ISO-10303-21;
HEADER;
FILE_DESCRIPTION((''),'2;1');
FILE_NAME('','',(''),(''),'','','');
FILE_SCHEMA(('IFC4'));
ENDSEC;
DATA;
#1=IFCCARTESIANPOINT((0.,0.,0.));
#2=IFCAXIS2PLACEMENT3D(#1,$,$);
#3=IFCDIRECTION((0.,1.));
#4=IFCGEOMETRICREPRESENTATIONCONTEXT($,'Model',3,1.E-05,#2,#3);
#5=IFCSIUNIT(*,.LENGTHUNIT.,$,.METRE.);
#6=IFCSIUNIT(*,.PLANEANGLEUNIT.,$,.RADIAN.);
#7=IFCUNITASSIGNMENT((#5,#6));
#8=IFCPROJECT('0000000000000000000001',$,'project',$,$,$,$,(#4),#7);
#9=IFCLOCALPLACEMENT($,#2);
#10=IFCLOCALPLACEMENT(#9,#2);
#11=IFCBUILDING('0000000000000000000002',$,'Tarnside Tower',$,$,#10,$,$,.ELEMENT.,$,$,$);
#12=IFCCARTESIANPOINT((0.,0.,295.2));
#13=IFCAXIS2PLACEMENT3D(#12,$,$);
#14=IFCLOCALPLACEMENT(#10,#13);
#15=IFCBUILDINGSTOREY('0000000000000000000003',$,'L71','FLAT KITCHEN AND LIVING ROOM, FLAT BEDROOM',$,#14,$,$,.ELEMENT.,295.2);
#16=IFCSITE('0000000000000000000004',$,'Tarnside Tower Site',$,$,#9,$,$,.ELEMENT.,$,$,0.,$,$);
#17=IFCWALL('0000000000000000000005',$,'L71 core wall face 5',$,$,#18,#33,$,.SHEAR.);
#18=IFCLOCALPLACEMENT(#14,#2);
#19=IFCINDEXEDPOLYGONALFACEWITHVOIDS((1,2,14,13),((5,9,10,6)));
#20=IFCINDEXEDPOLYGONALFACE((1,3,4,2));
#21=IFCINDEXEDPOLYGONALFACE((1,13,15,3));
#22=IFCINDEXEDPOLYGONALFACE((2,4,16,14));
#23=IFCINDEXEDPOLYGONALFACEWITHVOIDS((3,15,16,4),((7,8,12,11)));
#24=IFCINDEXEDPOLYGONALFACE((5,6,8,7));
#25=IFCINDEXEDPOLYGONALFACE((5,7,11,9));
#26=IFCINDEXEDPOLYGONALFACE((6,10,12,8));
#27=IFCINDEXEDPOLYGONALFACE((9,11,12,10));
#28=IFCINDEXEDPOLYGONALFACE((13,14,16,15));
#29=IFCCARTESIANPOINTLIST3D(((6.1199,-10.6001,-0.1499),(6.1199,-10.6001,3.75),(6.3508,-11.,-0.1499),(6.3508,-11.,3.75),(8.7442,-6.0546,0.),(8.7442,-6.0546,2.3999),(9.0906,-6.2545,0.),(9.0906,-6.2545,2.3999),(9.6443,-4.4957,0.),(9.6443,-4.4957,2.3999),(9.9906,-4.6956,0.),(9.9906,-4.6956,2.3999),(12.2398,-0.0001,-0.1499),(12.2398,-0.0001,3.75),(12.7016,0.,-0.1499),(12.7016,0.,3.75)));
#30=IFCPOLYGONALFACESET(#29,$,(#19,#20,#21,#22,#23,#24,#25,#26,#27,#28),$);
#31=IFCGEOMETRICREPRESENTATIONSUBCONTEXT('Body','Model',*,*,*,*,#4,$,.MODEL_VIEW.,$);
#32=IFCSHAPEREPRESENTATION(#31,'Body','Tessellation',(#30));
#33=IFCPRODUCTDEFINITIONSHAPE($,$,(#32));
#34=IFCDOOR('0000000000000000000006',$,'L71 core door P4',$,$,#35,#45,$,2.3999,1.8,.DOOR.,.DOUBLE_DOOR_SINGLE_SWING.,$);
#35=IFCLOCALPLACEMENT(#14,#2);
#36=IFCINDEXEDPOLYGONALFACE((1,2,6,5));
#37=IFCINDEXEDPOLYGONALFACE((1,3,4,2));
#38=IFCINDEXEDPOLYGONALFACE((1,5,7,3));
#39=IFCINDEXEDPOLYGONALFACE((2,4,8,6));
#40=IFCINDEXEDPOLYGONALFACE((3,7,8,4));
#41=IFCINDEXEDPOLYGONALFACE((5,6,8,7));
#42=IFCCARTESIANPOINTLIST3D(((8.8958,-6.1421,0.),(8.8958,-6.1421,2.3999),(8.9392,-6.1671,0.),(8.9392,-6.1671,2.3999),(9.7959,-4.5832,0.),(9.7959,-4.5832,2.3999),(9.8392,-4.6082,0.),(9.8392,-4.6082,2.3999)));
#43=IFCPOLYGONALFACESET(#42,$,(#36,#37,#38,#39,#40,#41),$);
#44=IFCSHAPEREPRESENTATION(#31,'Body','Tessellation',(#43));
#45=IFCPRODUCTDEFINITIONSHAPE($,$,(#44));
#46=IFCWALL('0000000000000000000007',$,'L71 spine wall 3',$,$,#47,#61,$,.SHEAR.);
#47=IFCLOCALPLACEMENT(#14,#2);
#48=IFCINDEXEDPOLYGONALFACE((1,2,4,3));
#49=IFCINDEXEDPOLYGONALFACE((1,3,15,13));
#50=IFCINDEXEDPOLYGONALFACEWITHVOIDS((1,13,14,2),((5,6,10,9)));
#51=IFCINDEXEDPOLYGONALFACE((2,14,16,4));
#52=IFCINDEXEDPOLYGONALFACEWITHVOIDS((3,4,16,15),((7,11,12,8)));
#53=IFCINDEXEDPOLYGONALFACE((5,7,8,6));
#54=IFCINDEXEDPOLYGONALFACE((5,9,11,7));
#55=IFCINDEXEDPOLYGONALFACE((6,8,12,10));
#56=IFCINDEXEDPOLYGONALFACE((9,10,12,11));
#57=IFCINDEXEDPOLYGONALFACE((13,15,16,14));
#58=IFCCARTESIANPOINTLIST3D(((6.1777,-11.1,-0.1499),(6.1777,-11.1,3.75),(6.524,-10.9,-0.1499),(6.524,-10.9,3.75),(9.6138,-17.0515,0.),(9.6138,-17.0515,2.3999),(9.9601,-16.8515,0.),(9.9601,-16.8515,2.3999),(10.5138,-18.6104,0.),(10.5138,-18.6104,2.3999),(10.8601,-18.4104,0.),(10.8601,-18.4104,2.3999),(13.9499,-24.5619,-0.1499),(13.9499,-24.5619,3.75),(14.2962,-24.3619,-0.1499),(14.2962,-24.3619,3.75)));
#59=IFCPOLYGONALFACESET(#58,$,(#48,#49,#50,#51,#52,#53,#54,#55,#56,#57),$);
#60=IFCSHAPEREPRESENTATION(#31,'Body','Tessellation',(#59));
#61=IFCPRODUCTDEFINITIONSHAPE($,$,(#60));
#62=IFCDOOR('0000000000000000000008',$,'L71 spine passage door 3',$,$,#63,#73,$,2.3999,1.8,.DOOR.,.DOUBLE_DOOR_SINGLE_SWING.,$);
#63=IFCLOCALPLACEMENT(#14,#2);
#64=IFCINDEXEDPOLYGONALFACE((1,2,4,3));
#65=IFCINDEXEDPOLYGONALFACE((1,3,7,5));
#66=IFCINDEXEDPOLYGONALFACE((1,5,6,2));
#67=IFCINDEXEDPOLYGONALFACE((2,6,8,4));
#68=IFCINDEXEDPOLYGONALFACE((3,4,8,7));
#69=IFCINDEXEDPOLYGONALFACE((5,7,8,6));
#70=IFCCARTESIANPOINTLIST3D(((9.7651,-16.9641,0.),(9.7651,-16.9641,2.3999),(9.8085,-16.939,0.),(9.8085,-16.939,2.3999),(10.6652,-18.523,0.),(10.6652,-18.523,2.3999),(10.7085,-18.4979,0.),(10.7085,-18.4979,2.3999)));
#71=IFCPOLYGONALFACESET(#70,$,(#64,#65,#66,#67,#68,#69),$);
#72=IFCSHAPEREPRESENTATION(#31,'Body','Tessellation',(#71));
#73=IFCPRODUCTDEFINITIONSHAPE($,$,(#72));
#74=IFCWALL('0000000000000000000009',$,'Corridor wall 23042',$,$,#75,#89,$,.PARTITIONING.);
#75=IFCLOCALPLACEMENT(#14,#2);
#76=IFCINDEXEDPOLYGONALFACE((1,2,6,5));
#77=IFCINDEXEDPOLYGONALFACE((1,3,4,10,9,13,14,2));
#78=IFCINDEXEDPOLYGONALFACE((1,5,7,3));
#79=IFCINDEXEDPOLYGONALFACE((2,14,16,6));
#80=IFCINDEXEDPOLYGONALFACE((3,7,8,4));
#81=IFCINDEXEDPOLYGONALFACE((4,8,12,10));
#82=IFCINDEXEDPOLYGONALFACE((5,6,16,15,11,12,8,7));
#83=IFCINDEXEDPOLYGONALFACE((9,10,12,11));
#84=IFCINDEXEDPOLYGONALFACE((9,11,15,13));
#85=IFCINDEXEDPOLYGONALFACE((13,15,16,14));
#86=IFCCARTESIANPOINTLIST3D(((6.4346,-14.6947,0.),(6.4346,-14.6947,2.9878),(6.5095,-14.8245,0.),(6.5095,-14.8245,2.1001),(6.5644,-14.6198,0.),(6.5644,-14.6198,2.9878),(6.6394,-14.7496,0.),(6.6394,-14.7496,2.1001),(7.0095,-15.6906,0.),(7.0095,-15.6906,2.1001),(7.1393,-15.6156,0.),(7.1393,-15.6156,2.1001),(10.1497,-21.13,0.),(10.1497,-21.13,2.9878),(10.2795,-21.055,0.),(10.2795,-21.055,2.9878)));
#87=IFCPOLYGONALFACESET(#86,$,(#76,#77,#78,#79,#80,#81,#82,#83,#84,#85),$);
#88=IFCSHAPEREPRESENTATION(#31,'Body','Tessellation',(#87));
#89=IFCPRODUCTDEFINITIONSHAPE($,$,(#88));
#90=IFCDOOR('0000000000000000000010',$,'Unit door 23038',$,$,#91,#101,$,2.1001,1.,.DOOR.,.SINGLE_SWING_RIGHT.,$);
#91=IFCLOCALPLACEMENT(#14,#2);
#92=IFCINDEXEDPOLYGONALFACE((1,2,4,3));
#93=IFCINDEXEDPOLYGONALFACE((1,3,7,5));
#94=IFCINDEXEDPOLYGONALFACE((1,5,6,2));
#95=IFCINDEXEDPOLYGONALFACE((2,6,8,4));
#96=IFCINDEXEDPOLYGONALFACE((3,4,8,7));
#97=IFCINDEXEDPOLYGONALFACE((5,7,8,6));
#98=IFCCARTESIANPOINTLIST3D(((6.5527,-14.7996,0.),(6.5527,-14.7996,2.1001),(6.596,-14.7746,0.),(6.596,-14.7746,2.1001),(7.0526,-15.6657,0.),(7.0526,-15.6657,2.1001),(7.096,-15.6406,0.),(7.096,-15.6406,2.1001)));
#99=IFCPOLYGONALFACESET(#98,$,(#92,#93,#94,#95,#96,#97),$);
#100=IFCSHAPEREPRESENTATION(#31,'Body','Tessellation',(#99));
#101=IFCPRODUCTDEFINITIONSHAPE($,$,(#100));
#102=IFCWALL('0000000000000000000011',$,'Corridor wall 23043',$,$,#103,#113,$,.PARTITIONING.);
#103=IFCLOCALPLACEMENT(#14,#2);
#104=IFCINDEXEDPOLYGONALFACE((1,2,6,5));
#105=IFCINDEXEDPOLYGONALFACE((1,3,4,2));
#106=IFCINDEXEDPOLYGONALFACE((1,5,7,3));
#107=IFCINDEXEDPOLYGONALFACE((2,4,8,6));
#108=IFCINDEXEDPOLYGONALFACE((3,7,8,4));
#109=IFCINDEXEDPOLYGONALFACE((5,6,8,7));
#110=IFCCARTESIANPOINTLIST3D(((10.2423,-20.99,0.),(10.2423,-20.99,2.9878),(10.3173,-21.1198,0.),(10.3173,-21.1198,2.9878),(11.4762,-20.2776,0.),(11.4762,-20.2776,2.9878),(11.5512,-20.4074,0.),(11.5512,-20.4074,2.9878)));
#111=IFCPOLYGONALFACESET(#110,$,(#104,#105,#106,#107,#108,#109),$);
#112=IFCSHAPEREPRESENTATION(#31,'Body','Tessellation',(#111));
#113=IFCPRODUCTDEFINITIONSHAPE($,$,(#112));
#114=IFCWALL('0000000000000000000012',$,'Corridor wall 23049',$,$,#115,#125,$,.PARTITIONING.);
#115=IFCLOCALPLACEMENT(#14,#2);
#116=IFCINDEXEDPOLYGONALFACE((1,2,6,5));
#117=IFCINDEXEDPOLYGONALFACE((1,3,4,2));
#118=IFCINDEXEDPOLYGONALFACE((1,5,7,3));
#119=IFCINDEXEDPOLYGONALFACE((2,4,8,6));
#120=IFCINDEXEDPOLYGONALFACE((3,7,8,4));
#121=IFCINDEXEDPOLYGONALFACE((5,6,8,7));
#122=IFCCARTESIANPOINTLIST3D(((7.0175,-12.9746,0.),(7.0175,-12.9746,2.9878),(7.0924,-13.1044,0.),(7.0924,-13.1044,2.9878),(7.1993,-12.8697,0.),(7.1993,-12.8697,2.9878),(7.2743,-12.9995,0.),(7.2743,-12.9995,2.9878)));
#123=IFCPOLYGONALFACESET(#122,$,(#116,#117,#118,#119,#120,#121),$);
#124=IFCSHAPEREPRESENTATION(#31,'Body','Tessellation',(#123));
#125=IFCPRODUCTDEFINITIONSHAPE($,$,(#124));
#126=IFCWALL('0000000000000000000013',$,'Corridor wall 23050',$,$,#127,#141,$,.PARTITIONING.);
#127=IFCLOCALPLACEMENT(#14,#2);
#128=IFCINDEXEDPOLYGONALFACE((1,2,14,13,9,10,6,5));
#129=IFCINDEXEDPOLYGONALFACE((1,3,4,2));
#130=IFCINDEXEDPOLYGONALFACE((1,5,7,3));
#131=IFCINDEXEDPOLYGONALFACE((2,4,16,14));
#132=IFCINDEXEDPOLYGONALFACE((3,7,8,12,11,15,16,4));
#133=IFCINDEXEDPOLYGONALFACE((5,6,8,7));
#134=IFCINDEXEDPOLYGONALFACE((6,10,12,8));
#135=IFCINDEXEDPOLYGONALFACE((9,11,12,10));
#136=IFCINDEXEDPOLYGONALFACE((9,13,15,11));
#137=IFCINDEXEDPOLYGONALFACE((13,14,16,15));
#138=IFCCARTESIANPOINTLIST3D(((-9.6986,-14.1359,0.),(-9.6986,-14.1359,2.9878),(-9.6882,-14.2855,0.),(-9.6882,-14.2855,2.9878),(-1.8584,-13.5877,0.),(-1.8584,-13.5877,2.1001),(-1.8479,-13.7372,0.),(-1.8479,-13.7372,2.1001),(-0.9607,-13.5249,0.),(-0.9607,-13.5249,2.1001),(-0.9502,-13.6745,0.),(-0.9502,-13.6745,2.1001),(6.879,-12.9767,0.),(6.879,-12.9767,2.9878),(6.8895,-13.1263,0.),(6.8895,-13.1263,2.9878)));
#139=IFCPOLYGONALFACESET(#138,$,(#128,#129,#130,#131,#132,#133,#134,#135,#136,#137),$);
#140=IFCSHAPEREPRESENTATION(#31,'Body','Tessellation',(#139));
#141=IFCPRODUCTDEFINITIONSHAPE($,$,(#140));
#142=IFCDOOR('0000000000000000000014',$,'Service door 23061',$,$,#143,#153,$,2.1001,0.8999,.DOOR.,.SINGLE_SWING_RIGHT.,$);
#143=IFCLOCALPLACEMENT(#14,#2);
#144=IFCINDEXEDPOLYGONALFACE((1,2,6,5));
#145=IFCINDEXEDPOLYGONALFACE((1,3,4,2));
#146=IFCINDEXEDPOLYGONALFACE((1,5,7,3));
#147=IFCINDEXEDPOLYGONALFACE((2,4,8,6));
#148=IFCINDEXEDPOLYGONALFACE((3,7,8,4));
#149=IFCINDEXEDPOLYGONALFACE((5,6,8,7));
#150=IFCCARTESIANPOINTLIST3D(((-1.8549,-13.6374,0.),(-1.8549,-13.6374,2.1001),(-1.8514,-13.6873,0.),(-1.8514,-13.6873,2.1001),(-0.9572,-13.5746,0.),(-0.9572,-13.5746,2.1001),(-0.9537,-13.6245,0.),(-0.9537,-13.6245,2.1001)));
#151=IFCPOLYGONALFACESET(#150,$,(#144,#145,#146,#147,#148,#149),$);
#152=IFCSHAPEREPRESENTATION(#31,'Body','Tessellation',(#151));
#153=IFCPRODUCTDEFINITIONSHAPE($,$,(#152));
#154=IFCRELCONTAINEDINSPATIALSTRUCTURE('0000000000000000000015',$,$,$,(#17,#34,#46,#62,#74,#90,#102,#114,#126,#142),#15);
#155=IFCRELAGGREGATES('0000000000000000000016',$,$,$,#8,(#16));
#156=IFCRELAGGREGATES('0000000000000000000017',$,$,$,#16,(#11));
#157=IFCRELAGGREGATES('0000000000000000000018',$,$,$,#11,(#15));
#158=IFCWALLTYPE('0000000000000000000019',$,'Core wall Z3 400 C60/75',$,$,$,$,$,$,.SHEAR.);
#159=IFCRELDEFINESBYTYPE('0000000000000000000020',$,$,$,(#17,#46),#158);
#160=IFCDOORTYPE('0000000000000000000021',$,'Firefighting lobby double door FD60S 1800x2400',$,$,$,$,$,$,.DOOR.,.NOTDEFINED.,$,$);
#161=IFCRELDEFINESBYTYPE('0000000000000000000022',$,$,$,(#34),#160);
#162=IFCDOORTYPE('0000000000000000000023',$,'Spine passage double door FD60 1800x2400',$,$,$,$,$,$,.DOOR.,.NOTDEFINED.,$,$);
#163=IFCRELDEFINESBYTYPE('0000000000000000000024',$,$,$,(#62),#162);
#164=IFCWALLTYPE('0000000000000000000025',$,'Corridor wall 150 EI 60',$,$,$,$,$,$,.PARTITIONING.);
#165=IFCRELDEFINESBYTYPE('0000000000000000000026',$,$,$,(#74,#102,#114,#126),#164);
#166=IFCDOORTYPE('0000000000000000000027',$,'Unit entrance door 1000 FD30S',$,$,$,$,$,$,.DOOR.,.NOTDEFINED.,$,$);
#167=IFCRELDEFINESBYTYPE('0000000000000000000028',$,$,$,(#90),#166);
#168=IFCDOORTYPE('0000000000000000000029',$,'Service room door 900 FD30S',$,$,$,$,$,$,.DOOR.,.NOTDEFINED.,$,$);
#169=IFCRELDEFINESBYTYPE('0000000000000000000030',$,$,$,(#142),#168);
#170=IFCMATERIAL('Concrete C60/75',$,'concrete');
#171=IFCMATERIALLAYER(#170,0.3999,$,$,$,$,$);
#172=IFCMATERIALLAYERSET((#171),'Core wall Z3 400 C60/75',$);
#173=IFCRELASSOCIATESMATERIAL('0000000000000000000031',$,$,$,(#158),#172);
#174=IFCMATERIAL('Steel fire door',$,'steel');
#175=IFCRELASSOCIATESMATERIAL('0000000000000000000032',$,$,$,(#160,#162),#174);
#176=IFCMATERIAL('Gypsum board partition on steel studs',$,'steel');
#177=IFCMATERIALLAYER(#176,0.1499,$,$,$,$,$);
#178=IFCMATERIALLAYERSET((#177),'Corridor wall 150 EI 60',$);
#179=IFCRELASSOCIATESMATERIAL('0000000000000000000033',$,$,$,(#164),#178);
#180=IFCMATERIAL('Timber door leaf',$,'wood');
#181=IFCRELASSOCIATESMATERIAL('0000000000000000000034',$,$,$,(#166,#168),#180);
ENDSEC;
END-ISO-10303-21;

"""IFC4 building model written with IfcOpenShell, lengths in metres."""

from ifc_helpers import new_model, si_unit, direction, frame, frame_2d, origin, place, context, subcontext, project, spatial, polyline, rectangle, outline, extrude, material, layer, layer_set, type_object, element, fill, save


model = new_model("IFC4")

# Units and contexts
model_context = context("Model", 3, precision=1e-05, world=origin(), true_north=direction((0.0, 1.0)))
body_context = subcontext(model_context, "Body", "Model", "MODEL_VIEW")
ifc_project = project(units=[si_unit("LENGTHUNIT", "METRE"), si_unit("PLANEANGLEUNIT", "RADIAN")], contexts=[model_context])

# Site, building, storey
site_placement = place(None, origin())
site = spatial("IfcSite", under=ifc_project, at=site_placement, Name="Tarnside Tower Site", CompositionType="ELEMENT", RefElevation=0.0)
building_placement = place(site_placement, origin())
building = spatial("IfcBuilding", under=site, at=building_placement, Name="Tarnside Tower", CompositionType="ELEMENT")
storey_placement = place(building_placement, frame((0.0, 0.0, 295.2)))
storey = spatial("IfcBuildingStorey", under=building, at=storey_placement, Name="L71", Description="FLAT KITCHEN AND LIVING ROOM, FLAT BEDROOM", CompositionType="ELEMENT", Elevation=295.2)

# Walls, openings, doors
ifc_material_1 = material(Name="Concrete C60/75", Category="concrete")
ifc_layer_1 = layer(ifc_material_1, 0.3999)
ifc_layer_set_1 = layer_set([ifc_layer_1], Name="Core wall Z3 400 C60/75")
wall_type_1 = type_object("IfcWallType", Name="Core wall Z3 400 C60/75", PredefinedType="SHEAR", material=ifc_layer_set_1)
wall_1_placement = place(storey_placement, frame((6.2354, -10.8, -0.1499), z_axis=(0.0, 0.0, 1.0), x_axis=(0.499996, 0.866027, 0.0)))
wall_1 = element("IfcWall", 1, at=wall_1_placement, inside=storey, type_object=wall_type_1, Name="L71 core wall face 5", PredefinedType="SHEAR", context=body_context, shape_type="SweptSolid", body=[
    extrude(outline(polyline([(-0.1155, -0.2), (12.5862, -0.2), (12.3552, 0.2), (0.1155, 0.2), (-0.1155, -0.2)])), origin(), (0.0, 0.0, 1.0), 3.8999),
])
opening_1_placement = place(wall_1_placement, frame((5.3643, 0.0, 0.1499)))
opening_1 = element("IfcOpeningElement", 2, at=opening_1_placement, cuts=wall_1, PredefinedType="OPENING", context=body_context, shape_type="SweptSolid", body=[
    extrude(rectangle(XDim=1.8, YDim=2.3999, at=frame_2d((0.8999, 1.2))), frame((0.0, 0.21, 0.0), z_axis=(0.0, -1.0, 0.0), x_axis=(1.0, 0.0, 0.0)), (0.0, 0.0, 1.0), 0.4199),
])
ifc_material_2 = material(Name="Steel fire door", Category="steel")
door_type_1 = type_object("IfcDoorType", Name="Firefighting lobby double door FD60S 1800x2400", OperationType="NOTDEFINED", PredefinedType="DOOR", material=ifc_material_2)
door_1_placement = place(opening_1_placement, origin())
door_1 = element("IfcDoor", 3, at=door_1_placement, inside=storey, type_object=door_type_1, Name="L71 core door P4", OperationType="DOUBLE_DOOR_SINGLE_SWING", OverallHeight=2.3999, OverallWidth=1.8, PredefinedType="DOOR", context=body_context, shape_type="SweptSolid", body=[
    extrude(rectangle(XDim=1.8, YDim=2.3999, at=frame_2d((0.8999, 1.2))), frame((0.0, 0.0249, 0.0), z_axis=(0.0, -1.0, 0.0), x_axis=(1.0, 0.0, 0.0)), (0.0, 0.0, 1.0), 0.05),
])
fill(opening_1, door_1)
wall_2_placement = place(storey_placement, frame((6.3508, -11.0, -0.1499), z_axis=(0.0, 0.0, 1.0), x_axis=(0.499999, -0.866026, 0.0)))
wall_2 = element("IfcWall", 4, at=wall_2_placement, inside=storey, type_object=wall_type_1, Name="L71 spine wall 3", PredefinedType="SHEAR", context=body_context, shape_type="SweptSolid", body=[
    extrude(rectangle(XDim=15.5444, YDim=0.3999, at=frame_2d((7.7722, 0.0))), origin(), (0.0, 0.0, 1.0), 3.8999),
])
opening_2_placement = place(wall_2_placement, frame((6.8723, 0.0, 0.1499)))
opening_2 = element("IfcOpeningElement", 5, at=opening_2_placement, cuts=wall_2, PredefinedType="OPENING", context=body_context, shape_type="SweptSolid", body=[
    extrude(rectangle(XDim=1.8, YDim=2.3999, at=frame_2d((0.8999, 1.2))), frame((0.0, 0.21, 0.0), z_axis=(0.0, -1.0, 0.0), x_axis=(1.0, 0.0, 0.0)), (0.0, 0.0, 1.0), 0.4199),
])
door_type_2 = type_object("IfcDoorType", Name="Spine passage double door FD60 1800x2400", OperationType="NOTDEFINED", PredefinedType="DOOR", material=ifc_material_2)
door_2_placement = place(opening_2_placement, origin())
door_2 = element("IfcDoor", 6, at=door_2_placement, inside=storey, type_object=door_type_2, Name="L71 spine passage door 3", OperationType="DOUBLE_DOOR_SINGLE_SWING", OverallHeight=2.3999, OverallWidth=1.8, PredefinedType="DOOR", context=body_context, shape_type="SweptSolid", body=[
    extrude(rectangle(XDim=1.8, YDim=2.3999, at=frame_2d((0.8999, 1.2))), frame((0.0, 0.0249, 0.0), z_axis=(0.0, -1.0, 0.0), x_axis=(1.0, 0.0, 0.0)), (0.0, 0.0, 1.0), 0.05),
])
fill(opening_2, door_2)
ifc_material_3 = material(Name="Gypsum board partition on steel studs", Category="steel")
ifc_layer_2 = layer(ifc_material_3, 0.1499)
ifc_layer_set_2 = layer_set([ifc_layer_2], Name="Corridor wall 150 EI 60")
wall_type_2 = type_object("IfcWallType", Name="Corridor wall 150 EI 60", PredefinedType="PARTITIONING", material=ifc_layer_set_2)
wall_3_placement = place(storey_placement, frame((6.4995, -14.6572, 0.0), z_axis=(0.0, 0.0, 1.0), x_axis=(0.499966, -0.866045, 0.0)))
wall_3 = element("IfcWall", 7, at=wall_3_placement, inside=storey, type_object=wall_type_2, Name="Corridor wall 23042", PredefinedType="PARTITIONING", context=body_context, shape_type="SweptSolid", body=[
    extrude(rectangle(XDim=7.4307, YDim=0.1499, at=frame_2d((3.7153, 0.0))), origin(), (0.0, 0.0, 1.0), 2.9878),
])
opening_3_placement = place(wall_3_placement, frame((0.1499, 0.0, 0.0)))
opening_3 = element("IfcOpeningElement", 8, at=opening_3_placement, cuts=wall_3, PredefinedType="OPENING", context=body_context, shape_type="SweptSolid", body=[
    extrude(rectangle(XDim=1.0, YDim=2.1001, at=frame_2d((0.5, 1.05))), frame((0.0, 0.085, 0.0), z_axis=(0.0, -1.0, 0.0), x_axis=(1.0, 0.0, 0.0)), (0.0, 0.0, 1.0), 0.1699),
])
ifc_material_4 = material(Name="Timber door leaf", Category="wood")
door_type_3 = type_object("IfcDoorType", Name="Unit entrance door 1000 FD30S", OperationType="NOTDEFINED", PredefinedType="DOOR", material=ifc_material_4)
door_3_placement = place(opening_3_placement, origin())
door_3 = element("IfcDoor", 9, at=door_3_placement, inside=storey, type_object=door_type_3, Name="Unit door 23038", OperationType="SINGLE_SWING_RIGHT", OverallHeight=2.1001, OverallWidth=1.0, PredefinedType="DOOR", context=body_context, shape_type="SweptSolid", body=[
    extrude(rectangle(XDim=1.0, YDim=2.1001, at=frame_2d((0.5, 1.05))), frame((0.0, 0.0249, 0.0), z_axis=(0.0, -1.0, 0.0), x_axis=(1.0, 0.0, 0.0)), (0.0, 0.0, 1.0), 0.05),
])
fill(opening_3, door_3)

# Walls
wall_4_placement = place(storey_placement, frame((10.2798, -21.0549, 0.0), z_axis=(0.0, 0.0, 1.0), x_axis=(0.86602, 0.500009, 0.0)))
element("IfcWall", 10, at=wall_4_placement, inside=storey, type_object=wall_type_2, Name="Corridor wall 23043", PredefinedType="PARTITIONING", context=body_context, shape_type="SweptSolid", body=[
    extrude(rectangle(XDim=1.4248, YDim=0.1499, at=frame_2d((0.7124, 0.0))), origin(), (0.0, 0.0, 1.0), 2.9878),
])
wall_5_placement = place(storey_placement, frame((7.2368, -12.9346, 0.0), z_axis=(0.0, 0.0, 1.0), x_axis=(-0.866089, -0.49989, 0.0)))
element("IfcWall", 11, at=wall_5_placement, inside=storey, type_object=wall_type_2, Name="Corridor wall 23049", PredefinedType="PARTITIONING", context=body_context, shape_type="SweptSolid", body=[
    extrude(rectangle(XDim=0.21, YDim=0.1499, at=frame_2d((0.105, 0.0))), origin(), (0.0, 0.0, 1.0), 2.9878),
])

# Wall, opening, door
wall_6_placement = place(storey_placement, frame((6.8843, -13.0515, 0.0), z_axis=(0.0, 0.0, 1.0), x_axis=(-0.997564, -0.069754, 0.0)))
wall_6 = element("IfcWall", 12, at=wall_6_placement, inside=storey, type_object=wall_type_2, Name="Corridor wall 23050", PredefinedType="PARTITIONING", context=body_context, shape_type="SweptSolid", body=[
    extrude(rectangle(XDim=16.6182, YDim=0.1499, at=frame_2d((8.3091, 0.0))), origin(), (0.0, 0.0, 1.0), 2.9878),
])
opening_4_placement = place(wall_6_placement, frame((7.8589, 0.0, 0.0)))
opening_4 = element("IfcOpeningElement", 13, at=opening_4_placement, cuts=wall_6, PredefinedType="OPENING", context=body_context, shape_type="SweptSolid", body=[
    extrude(rectangle(XDim=0.8999, YDim=2.1001, at=frame_2d((0.45, 1.05))), frame((0.0, 0.085, 0.0), z_axis=(0.0, -1.0, 0.0), x_axis=(1.0, 0.0, 0.0)), (0.0, 0.0, 1.0), 0.1699),
])
door_type_4 = type_object("IfcDoorType", Name="Service room door 900 FD30S", OperationType="NOTDEFINED", PredefinedType="DOOR", material=ifc_material_4)
door_4_placement = place(opening_4_placement, origin())
door_4 = element("IfcDoor", 14, at=door_4_placement, inside=storey, type_object=door_type_4, Name="Service door 23061", OperationType="SINGLE_SWING_RIGHT", OverallHeight=2.1001, OverallWidth=0.8999, PredefinedType="DOOR", context=body_context, shape_type="SweptSolid", body=[
    extrude(rectangle(XDim=0.8999, YDim=2.1001, at=frame_2d((0.45, 1.05))), frame((0.0, 0.0249, 0.0), z_axis=(0.0, -1.0, 0.0), x_axis=(1.0, 0.0, 0.0)), (0.0, 0.0, 1.0), 0.05),
])
fill(opening_4, door_4)

save(model, "model.ifc")
